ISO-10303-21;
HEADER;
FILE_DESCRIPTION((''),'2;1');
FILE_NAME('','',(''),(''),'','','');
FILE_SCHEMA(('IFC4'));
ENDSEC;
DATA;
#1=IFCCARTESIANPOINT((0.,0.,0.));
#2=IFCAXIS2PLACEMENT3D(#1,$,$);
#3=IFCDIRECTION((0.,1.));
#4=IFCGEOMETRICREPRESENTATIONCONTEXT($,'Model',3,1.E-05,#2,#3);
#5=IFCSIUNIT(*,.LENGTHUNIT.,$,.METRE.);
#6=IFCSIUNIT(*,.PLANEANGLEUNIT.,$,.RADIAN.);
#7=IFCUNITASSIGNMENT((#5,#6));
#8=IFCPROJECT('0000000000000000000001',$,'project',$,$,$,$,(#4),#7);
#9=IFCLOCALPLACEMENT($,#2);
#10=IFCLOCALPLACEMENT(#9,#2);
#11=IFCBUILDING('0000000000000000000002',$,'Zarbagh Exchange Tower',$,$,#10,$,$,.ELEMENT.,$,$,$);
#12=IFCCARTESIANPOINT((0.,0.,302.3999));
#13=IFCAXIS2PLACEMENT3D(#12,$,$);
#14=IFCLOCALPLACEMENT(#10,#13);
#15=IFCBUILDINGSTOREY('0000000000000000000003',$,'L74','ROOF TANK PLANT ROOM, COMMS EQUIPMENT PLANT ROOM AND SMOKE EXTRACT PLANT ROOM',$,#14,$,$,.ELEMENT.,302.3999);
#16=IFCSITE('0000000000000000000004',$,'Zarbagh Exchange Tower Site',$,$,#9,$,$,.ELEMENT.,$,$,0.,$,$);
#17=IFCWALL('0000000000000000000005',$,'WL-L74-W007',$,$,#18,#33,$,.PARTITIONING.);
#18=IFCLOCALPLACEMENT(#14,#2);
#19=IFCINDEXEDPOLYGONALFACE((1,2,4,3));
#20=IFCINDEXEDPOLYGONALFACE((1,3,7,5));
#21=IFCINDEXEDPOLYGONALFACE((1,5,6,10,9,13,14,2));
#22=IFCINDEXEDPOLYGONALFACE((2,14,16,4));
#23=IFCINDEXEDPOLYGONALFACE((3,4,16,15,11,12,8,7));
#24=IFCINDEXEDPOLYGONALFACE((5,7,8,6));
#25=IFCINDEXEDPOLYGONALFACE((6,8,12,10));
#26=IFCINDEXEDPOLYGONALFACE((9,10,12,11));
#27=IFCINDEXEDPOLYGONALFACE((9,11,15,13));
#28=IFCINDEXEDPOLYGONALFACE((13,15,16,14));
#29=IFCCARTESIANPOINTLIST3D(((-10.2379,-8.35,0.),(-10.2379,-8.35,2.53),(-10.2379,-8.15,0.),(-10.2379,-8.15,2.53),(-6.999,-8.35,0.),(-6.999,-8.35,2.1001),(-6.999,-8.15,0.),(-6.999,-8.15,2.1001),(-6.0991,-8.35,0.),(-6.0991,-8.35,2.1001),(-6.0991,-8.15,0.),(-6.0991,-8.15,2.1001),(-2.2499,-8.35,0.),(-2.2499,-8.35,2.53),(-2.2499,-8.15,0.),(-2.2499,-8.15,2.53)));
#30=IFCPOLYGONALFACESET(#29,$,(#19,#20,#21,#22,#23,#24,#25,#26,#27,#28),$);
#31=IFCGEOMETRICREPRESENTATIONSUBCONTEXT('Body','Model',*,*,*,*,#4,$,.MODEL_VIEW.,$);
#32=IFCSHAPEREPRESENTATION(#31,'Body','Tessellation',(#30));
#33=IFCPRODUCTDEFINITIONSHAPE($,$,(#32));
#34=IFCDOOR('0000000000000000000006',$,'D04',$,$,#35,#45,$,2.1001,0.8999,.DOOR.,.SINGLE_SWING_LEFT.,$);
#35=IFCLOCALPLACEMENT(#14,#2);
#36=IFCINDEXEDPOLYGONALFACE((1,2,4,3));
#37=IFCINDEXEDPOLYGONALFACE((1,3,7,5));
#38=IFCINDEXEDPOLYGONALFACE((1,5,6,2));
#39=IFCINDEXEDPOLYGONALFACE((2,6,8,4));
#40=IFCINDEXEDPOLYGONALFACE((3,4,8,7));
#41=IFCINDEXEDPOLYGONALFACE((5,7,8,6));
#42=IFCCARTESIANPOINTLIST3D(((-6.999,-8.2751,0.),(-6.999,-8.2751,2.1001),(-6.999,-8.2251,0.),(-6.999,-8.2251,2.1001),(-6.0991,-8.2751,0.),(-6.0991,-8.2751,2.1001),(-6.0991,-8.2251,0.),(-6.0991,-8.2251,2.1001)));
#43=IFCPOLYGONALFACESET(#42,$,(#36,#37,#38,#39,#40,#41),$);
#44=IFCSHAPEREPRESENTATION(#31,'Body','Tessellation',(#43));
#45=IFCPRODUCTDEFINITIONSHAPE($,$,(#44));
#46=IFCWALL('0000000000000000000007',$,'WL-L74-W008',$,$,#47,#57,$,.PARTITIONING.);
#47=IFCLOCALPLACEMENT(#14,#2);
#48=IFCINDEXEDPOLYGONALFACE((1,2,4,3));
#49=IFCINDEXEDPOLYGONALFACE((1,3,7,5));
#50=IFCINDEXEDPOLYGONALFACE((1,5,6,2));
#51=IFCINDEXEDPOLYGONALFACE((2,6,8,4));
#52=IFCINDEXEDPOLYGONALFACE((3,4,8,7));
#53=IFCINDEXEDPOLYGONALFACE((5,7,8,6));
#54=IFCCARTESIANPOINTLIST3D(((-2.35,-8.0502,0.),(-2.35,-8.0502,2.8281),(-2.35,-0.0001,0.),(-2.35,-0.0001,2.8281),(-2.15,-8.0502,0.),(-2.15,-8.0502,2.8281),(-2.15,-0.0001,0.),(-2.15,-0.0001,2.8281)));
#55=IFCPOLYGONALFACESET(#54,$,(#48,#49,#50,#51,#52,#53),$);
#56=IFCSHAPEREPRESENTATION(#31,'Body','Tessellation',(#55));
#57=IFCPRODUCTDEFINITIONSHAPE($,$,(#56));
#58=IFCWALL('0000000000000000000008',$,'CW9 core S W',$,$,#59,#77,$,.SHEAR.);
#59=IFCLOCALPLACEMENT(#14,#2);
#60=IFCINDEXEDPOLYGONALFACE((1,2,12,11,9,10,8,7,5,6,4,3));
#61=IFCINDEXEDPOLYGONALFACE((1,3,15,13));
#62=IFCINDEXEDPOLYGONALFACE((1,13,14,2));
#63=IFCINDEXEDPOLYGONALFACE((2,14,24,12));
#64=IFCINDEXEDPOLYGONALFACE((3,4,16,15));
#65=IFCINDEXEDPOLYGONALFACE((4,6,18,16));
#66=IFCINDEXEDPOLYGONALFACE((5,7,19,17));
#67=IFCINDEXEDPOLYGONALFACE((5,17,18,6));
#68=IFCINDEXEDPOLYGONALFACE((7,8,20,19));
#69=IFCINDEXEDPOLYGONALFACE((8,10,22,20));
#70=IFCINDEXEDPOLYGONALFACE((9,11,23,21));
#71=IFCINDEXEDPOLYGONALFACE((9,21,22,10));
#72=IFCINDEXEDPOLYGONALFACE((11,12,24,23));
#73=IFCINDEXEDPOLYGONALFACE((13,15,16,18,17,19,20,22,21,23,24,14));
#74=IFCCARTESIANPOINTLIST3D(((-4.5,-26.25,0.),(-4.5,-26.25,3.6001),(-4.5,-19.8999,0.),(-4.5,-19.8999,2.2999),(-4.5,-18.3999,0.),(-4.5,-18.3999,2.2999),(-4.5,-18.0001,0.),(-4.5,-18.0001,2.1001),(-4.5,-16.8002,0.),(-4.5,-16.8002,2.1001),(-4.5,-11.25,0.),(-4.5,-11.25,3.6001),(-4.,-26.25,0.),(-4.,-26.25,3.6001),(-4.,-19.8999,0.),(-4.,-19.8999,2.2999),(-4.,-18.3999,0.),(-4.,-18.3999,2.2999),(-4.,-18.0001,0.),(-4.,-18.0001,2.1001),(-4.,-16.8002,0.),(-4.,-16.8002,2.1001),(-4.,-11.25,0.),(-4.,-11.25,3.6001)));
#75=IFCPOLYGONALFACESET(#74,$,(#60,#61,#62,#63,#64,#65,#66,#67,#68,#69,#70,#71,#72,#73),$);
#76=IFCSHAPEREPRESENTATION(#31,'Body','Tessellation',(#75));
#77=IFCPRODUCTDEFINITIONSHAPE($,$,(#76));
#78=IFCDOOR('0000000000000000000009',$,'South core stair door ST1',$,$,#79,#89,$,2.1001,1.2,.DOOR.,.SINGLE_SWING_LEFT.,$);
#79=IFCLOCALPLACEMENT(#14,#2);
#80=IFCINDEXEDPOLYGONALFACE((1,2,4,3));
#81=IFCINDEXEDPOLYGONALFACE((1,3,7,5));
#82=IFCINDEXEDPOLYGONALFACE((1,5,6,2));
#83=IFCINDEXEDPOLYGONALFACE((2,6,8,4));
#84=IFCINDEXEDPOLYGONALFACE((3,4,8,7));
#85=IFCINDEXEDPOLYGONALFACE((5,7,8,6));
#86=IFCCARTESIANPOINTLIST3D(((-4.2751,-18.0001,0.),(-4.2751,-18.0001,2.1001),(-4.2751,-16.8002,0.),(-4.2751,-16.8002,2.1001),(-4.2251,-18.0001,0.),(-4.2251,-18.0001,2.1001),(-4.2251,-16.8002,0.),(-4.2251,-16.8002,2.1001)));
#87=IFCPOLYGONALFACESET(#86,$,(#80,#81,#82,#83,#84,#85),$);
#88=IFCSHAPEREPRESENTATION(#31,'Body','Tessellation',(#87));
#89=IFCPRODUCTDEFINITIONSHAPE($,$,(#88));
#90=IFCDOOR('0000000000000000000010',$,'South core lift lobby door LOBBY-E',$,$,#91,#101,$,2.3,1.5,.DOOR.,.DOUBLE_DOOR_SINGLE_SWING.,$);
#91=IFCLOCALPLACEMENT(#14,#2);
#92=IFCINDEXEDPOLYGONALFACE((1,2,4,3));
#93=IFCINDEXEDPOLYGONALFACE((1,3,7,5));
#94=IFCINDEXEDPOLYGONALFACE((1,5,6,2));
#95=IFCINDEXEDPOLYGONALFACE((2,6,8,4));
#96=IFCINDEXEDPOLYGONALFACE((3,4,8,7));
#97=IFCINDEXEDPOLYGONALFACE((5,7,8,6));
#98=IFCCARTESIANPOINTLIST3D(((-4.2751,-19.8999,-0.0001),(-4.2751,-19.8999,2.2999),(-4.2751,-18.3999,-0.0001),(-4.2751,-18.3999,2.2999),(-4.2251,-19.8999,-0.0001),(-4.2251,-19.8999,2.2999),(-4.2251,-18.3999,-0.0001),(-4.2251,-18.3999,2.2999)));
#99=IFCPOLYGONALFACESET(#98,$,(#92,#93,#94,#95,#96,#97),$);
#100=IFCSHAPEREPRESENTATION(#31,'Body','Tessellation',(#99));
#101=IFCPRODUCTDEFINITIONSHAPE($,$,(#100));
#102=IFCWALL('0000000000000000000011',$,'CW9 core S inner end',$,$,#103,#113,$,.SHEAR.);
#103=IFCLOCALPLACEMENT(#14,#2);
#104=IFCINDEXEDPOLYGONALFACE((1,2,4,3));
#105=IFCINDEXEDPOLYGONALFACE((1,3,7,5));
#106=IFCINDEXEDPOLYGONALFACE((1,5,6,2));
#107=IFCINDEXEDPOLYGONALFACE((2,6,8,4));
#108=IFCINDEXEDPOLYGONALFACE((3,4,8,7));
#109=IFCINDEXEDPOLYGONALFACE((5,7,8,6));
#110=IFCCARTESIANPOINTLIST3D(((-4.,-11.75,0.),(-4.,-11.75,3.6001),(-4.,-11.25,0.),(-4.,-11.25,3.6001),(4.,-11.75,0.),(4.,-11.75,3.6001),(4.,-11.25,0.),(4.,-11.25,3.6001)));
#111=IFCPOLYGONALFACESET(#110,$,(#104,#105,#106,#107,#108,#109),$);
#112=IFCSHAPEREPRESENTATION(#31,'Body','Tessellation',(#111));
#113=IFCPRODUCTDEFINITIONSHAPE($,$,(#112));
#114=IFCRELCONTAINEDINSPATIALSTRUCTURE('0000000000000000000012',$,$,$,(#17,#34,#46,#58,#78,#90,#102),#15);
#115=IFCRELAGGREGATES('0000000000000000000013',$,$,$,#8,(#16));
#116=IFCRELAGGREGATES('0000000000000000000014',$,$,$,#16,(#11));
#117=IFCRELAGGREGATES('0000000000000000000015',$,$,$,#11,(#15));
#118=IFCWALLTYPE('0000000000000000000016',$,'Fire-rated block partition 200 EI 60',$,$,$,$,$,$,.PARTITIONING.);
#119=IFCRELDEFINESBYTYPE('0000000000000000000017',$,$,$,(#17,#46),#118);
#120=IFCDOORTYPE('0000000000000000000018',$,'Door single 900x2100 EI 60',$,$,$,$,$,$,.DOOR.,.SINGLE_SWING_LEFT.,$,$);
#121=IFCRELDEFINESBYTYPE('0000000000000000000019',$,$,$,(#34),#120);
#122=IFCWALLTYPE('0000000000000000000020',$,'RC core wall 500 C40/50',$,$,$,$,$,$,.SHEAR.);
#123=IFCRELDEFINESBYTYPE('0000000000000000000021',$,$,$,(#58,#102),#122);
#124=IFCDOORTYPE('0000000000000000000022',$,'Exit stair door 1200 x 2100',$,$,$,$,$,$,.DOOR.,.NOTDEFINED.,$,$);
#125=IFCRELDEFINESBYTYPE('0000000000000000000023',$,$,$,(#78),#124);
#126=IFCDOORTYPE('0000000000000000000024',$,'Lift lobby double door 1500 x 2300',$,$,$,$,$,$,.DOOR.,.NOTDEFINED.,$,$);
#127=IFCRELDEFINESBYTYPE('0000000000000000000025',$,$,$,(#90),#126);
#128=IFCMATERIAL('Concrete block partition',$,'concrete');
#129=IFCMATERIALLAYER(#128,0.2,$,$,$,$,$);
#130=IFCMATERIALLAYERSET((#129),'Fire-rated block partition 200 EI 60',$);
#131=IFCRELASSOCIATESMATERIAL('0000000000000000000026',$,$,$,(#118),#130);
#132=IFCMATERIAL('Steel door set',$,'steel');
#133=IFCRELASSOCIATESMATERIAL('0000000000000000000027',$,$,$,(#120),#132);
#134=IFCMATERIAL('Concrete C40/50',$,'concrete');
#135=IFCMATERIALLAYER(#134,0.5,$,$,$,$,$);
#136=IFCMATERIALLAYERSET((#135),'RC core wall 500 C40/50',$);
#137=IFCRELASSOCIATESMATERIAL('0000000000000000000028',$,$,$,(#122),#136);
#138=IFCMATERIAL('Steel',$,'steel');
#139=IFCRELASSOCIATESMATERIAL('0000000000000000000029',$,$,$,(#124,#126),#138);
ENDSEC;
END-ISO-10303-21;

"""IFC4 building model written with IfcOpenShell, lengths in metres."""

from ifc_helpers import new_model, si_unit, direction, frame, frame_2d, origin, place, context, subcontext, project, spatial, rectangle, extrude, material, layer, layer_set, type_object, element, fill, save


model = new_model("IFC4")

# Units and contexts
model_context = context("Model", 3, precision=1e-05, world=origin(), true_north=direction((0.0, 1.0)))
body_context = subcontext(model_context, "Body", "Model", "MODEL_VIEW")
ifc_project = project(units=[si_unit("LENGTHUNIT", "METRE"), si_unit("PLANEANGLEUNIT", "RADIAN")], contexts=[model_context])

# Site, building, storey
site_placement = place(None, origin())
site = spatial("IfcSite", under=ifc_project, at=site_placement, Name="Zarbagh Exchange Tower Site", CompositionType="ELEMENT", RefElevation=0.0)
building_placement = place(site_placement, origin())
building = spatial("IfcBuilding", under=site, at=building_placement, Name="Zarbagh Exchange Tower", CompositionType="ELEMENT")
storey_placement = place(building_placement, frame((0.0, 0.0, 302.3999)))
storey = spatial("IfcBuildingStorey", under=building, at=storey_placement, Name="L74", Description="ROOF TANK PLANT ROOM, COMMS EQUIPMENT PLANT ROOM AND SMOKE EXTRACT PLANT ROOM", CompositionType="ELEMENT", Elevation=302.3999)

# Shared definitions
ifc_material_1 = material(Name="Concrete C40/50", Category="concrete")

# Wall, opening, door
ifc_material_2 = material(Name="Concrete block partition", Category="concrete")
ifc_layer_1 = layer(ifc_material_2, 0.2)
ifc_layer_set_1 = layer_set([ifc_layer_1], Name="Fire-rated block partition 200 EI 60")
wall_type_1 = type_object("IfcWallType", Name="Fire-rated block partition 200 EI 60", PredefinedType="PARTITIONING", material=ifc_layer_set_1)
wall_1_placement = place(storey_placement, frame((-10.238, -8.25, 0.0), z_axis=(0.0, 0.0, 1.0), x_axis=(1.0, 0.0, 0.0)))
wall_1 = element("IfcWall", 1, at=wall_1_placement, inside=storey, type_object=wall_type_1, Name="WL-L74-W007", PredefinedType="PARTITIONING", context=body_context, shape_type="SweptSolid", body=[
    extrude(rectangle(XDim=7.988, YDim=0.2, at=frame_2d((3.9941, 0.0))), origin(), (0.0, 0.0, 1.0), 2.53),
])
opening_1_placement = place(wall_1_placement, frame((3.239, 0.0, 0.0)))
opening_1 = element("IfcOpeningElement", 2, at=opening_1_placement, cuts=wall_1, PredefinedType="OPENING", context=body_context, shape_type="SweptSolid", body=[
    extrude(rectangle(XDim=0.8999, YDim=2.1001, at=frame_2d((0.45, 1.05))), frame((0.0, 0.1099, 0.0), z_axis=(0.0, -1.0, 0.0), x_axis=(1.0, 0.0, 0.0)), (0.0, 0.0, 1.0), 0.22),
])
ifc_material_3 = material(Name="Steel door set", Category="steel")
door_type_1 = type_object("IfcDoorType", Name="Door single 900x2100 EI 60", OperationType="SINGLE_SWING_LEFT", PredefinedType="DOOR", material=ifc_material_3)
door_1_placement = place(opening_1_placement, origin())
door_1 = element("IfcDoor", 3, at=door_1_placement, inside=storey, type_object=door_type_1, Name="D04", OperationType="SINGLE_SWING_LEFT", OverallHeight=2.1001, OverallWidth=0.8999, PredefinedType="DOOR", context=body_context, shape_type="SweptSolid", body=[
    extrude(rectangle(XDim=0.8999, YDim=2.1001, at=frame_2d((0.45, 1.05))), frame((0.0, 0.0249, 0.0), z_axis=(0.0, -1.0, 0.0), x_axis=(1.0, 0.0, 0.0)), (0.0, 0.0, 1.0), 0.05),
])
fill(opening_1, door_1)

# Wall
wall_2_placement = place(storey_placement, frame((-2.25, -8.05, 0.0), z_axis=(0.0, 0.0, 1.0), x_axis=(0.0, 1.0, 0.0)))
element("IfcWall", 4, at=wall_2_placement, inside=storey, type_object=wall_type_1, Name="WL-L74-W008", PredefinedType="PARTITIONING", context=body_context, shape_type="SweptSolid", body=[
    extrude(rectangle(XDim=8.05, YDim=0.2, at=frame_2d((4.0249, 0.0))), origin(), (0.0, 0.0, 1.0), 2.8281),
])

# Wall, openings, doors
ifc_layer_2 = layer(ifc_material_1, 0.5)
ifc_layer_set_2 = layer_set([ifc_layer_2], Name="RC core wall 500 C40/50")
wall_type_2 = type_object("IfcWallType", Name="RC core wall 500 C40/50", PredefinedType="SHEAR", material=ifc_layer_set_2)
wall_3_placement = place(storey_placement, frame((-4.25, -11.25, 0.0), z_axis=(0.0, 0.0, 1.0), x_axis=(0.0, -1.0, 0.0)))
wall_3 = element("IfcWall", 5, at=wall_3_placement, inside=storey, type_object=wall_type_2, Name="CW9 core S W", PredefinedType="SHEAR", context=body_context, shape_type="SweptSolid", body=[
    extrude(rectangle(XDim=15.0, YDim=0.5, at=frame_2d((7.5, 0.0))), origin(), (0.0, 0.0, 1.0), 3.6001),
])
opening_2_placement = place(wall_3_placement, frame((7.1499, 0.0, 0.0)))
opening_2 = element("IfcOpeningElement", 6, at=opening_2_placement, cuts=wall_3, PredefinedType="OPENING", context=body_context, shape_type="SweptSolid", body=[
    extrude(rectangle(XDim=1.5, YDim=2.3, at=frame_2d((0.75, 1.1499))), frame((0.0, 0.26, 0.0), z_axis=(0.0, -1.0, 0.0), x_axis=(1.0, 0.0, 0.0)), (0.0, 0.0, 1.0), 0.52),
])
opening_3_placement = place(wall_3_placement, frame((5.55, 0.0, 0.0)))
opening_3 = element("IfcOpeningElement", 7, at=opening_3_placement, cuts=wall_3, PredefinedType="OPENING", context=body_context, shape_type="SweptSolid", body=[
    extrude(rectangle(XDim=1.2, YDim=2.1001, at=frame_2d((0.6001, 1.05))), frame((0.0, 0.26, 0.0), z_axis=(0.0, -1.0, 0.0), x_axis=(1.0, 0.0, 0.0)), (0.0, 0.0, 1.0), 0.52),
])
ifc_material_4 = material(Name="Steel", Category="steel")
door_type_2 = type_object("IfcDoorType", Name="Exit stair door 1200 x 2100", OperationType="NOTDEFINED", PredefinedType="DOOR", material=ifc_material_4)
door_2_placement = place(opening_3_placement, origin())
door_2 = element("IfcDoor", 8, at=door_2_placement, inside=storey, type_object=door_type_2, Name="South core stair door ST1", OperationType="SINGLE_SWING_LEFT", OverallHeight=2.1001, OverallWidth=1.2, PredefinedType="DOOR", context=body_context, shape_type="SweptSolid", body=[
    extrude(rectangle(XDim=1.2, YDim=2.1001, at=frame_2d((0.6001, 1.05))), frame((0.0, 0.0249, 0.0), z_axis=(0.0, -1.0, 0.0), x_axis=(1.0, 0.0, 0.0)), (0.0, 0.0, 1.0), 0.05),
])
fill(opening_3, door_2)
door_type_3 = type_object("IfcDoorType", Name="Lift lobby double door 1500 x 2300", OperationType="NOTDEFINED", PredefinedType="DOOR", material=ifc_material_4)
door_3_placement = place(opening_2_placement, origin())
door_3 = element("IfcDoor", 9, at=door_3_placement, inside=storey, type_object=door_type_3, Name="South core lift lobby door LOBBY-E", OperationType="DOUBLE_DOOR_SINGLE_SWING", OverallHeight=2.3, OverallWidth=1.5, PredefinedType="DOOR", context=body_context, shape_type="SweptSolid", body=[
    extrude(rectangle(XDim=1.5, YDim=2.3, at=frame_2d((0.75, 1.1499))), frame((0.0, 0.0249, 0.0), z_axis=(0.0, -1.0, 0.0), x_axis=(1.0, 0.0, 0.0)), (0.0, 0.0, 1.0), 0.05),
])
fill(opening_2, door_3)

# Wall
wall_4_placement = place(storey_placement, frame((-4.0, -11.5, 0.0), z_axis=(0.0, 0.0, 1.0), x_axis=(1.0, 0.0, 0.0)))
element("IfcWall", 10, at=wall_4_placement, inside=storey, type_object=wall_type_2, Name="CW9 core S inner end", PredefinedType="SHEAR", context=body_context, shape_type="SweptSolid", body=[
    extrude(rectangle(XDim=8.0, YDim=0.5, at=frame_2d((4.0, 0.0))), origin(), (0.0, 0.0, 1.0), 3.6001),
])

save(model, "model.ifc")
